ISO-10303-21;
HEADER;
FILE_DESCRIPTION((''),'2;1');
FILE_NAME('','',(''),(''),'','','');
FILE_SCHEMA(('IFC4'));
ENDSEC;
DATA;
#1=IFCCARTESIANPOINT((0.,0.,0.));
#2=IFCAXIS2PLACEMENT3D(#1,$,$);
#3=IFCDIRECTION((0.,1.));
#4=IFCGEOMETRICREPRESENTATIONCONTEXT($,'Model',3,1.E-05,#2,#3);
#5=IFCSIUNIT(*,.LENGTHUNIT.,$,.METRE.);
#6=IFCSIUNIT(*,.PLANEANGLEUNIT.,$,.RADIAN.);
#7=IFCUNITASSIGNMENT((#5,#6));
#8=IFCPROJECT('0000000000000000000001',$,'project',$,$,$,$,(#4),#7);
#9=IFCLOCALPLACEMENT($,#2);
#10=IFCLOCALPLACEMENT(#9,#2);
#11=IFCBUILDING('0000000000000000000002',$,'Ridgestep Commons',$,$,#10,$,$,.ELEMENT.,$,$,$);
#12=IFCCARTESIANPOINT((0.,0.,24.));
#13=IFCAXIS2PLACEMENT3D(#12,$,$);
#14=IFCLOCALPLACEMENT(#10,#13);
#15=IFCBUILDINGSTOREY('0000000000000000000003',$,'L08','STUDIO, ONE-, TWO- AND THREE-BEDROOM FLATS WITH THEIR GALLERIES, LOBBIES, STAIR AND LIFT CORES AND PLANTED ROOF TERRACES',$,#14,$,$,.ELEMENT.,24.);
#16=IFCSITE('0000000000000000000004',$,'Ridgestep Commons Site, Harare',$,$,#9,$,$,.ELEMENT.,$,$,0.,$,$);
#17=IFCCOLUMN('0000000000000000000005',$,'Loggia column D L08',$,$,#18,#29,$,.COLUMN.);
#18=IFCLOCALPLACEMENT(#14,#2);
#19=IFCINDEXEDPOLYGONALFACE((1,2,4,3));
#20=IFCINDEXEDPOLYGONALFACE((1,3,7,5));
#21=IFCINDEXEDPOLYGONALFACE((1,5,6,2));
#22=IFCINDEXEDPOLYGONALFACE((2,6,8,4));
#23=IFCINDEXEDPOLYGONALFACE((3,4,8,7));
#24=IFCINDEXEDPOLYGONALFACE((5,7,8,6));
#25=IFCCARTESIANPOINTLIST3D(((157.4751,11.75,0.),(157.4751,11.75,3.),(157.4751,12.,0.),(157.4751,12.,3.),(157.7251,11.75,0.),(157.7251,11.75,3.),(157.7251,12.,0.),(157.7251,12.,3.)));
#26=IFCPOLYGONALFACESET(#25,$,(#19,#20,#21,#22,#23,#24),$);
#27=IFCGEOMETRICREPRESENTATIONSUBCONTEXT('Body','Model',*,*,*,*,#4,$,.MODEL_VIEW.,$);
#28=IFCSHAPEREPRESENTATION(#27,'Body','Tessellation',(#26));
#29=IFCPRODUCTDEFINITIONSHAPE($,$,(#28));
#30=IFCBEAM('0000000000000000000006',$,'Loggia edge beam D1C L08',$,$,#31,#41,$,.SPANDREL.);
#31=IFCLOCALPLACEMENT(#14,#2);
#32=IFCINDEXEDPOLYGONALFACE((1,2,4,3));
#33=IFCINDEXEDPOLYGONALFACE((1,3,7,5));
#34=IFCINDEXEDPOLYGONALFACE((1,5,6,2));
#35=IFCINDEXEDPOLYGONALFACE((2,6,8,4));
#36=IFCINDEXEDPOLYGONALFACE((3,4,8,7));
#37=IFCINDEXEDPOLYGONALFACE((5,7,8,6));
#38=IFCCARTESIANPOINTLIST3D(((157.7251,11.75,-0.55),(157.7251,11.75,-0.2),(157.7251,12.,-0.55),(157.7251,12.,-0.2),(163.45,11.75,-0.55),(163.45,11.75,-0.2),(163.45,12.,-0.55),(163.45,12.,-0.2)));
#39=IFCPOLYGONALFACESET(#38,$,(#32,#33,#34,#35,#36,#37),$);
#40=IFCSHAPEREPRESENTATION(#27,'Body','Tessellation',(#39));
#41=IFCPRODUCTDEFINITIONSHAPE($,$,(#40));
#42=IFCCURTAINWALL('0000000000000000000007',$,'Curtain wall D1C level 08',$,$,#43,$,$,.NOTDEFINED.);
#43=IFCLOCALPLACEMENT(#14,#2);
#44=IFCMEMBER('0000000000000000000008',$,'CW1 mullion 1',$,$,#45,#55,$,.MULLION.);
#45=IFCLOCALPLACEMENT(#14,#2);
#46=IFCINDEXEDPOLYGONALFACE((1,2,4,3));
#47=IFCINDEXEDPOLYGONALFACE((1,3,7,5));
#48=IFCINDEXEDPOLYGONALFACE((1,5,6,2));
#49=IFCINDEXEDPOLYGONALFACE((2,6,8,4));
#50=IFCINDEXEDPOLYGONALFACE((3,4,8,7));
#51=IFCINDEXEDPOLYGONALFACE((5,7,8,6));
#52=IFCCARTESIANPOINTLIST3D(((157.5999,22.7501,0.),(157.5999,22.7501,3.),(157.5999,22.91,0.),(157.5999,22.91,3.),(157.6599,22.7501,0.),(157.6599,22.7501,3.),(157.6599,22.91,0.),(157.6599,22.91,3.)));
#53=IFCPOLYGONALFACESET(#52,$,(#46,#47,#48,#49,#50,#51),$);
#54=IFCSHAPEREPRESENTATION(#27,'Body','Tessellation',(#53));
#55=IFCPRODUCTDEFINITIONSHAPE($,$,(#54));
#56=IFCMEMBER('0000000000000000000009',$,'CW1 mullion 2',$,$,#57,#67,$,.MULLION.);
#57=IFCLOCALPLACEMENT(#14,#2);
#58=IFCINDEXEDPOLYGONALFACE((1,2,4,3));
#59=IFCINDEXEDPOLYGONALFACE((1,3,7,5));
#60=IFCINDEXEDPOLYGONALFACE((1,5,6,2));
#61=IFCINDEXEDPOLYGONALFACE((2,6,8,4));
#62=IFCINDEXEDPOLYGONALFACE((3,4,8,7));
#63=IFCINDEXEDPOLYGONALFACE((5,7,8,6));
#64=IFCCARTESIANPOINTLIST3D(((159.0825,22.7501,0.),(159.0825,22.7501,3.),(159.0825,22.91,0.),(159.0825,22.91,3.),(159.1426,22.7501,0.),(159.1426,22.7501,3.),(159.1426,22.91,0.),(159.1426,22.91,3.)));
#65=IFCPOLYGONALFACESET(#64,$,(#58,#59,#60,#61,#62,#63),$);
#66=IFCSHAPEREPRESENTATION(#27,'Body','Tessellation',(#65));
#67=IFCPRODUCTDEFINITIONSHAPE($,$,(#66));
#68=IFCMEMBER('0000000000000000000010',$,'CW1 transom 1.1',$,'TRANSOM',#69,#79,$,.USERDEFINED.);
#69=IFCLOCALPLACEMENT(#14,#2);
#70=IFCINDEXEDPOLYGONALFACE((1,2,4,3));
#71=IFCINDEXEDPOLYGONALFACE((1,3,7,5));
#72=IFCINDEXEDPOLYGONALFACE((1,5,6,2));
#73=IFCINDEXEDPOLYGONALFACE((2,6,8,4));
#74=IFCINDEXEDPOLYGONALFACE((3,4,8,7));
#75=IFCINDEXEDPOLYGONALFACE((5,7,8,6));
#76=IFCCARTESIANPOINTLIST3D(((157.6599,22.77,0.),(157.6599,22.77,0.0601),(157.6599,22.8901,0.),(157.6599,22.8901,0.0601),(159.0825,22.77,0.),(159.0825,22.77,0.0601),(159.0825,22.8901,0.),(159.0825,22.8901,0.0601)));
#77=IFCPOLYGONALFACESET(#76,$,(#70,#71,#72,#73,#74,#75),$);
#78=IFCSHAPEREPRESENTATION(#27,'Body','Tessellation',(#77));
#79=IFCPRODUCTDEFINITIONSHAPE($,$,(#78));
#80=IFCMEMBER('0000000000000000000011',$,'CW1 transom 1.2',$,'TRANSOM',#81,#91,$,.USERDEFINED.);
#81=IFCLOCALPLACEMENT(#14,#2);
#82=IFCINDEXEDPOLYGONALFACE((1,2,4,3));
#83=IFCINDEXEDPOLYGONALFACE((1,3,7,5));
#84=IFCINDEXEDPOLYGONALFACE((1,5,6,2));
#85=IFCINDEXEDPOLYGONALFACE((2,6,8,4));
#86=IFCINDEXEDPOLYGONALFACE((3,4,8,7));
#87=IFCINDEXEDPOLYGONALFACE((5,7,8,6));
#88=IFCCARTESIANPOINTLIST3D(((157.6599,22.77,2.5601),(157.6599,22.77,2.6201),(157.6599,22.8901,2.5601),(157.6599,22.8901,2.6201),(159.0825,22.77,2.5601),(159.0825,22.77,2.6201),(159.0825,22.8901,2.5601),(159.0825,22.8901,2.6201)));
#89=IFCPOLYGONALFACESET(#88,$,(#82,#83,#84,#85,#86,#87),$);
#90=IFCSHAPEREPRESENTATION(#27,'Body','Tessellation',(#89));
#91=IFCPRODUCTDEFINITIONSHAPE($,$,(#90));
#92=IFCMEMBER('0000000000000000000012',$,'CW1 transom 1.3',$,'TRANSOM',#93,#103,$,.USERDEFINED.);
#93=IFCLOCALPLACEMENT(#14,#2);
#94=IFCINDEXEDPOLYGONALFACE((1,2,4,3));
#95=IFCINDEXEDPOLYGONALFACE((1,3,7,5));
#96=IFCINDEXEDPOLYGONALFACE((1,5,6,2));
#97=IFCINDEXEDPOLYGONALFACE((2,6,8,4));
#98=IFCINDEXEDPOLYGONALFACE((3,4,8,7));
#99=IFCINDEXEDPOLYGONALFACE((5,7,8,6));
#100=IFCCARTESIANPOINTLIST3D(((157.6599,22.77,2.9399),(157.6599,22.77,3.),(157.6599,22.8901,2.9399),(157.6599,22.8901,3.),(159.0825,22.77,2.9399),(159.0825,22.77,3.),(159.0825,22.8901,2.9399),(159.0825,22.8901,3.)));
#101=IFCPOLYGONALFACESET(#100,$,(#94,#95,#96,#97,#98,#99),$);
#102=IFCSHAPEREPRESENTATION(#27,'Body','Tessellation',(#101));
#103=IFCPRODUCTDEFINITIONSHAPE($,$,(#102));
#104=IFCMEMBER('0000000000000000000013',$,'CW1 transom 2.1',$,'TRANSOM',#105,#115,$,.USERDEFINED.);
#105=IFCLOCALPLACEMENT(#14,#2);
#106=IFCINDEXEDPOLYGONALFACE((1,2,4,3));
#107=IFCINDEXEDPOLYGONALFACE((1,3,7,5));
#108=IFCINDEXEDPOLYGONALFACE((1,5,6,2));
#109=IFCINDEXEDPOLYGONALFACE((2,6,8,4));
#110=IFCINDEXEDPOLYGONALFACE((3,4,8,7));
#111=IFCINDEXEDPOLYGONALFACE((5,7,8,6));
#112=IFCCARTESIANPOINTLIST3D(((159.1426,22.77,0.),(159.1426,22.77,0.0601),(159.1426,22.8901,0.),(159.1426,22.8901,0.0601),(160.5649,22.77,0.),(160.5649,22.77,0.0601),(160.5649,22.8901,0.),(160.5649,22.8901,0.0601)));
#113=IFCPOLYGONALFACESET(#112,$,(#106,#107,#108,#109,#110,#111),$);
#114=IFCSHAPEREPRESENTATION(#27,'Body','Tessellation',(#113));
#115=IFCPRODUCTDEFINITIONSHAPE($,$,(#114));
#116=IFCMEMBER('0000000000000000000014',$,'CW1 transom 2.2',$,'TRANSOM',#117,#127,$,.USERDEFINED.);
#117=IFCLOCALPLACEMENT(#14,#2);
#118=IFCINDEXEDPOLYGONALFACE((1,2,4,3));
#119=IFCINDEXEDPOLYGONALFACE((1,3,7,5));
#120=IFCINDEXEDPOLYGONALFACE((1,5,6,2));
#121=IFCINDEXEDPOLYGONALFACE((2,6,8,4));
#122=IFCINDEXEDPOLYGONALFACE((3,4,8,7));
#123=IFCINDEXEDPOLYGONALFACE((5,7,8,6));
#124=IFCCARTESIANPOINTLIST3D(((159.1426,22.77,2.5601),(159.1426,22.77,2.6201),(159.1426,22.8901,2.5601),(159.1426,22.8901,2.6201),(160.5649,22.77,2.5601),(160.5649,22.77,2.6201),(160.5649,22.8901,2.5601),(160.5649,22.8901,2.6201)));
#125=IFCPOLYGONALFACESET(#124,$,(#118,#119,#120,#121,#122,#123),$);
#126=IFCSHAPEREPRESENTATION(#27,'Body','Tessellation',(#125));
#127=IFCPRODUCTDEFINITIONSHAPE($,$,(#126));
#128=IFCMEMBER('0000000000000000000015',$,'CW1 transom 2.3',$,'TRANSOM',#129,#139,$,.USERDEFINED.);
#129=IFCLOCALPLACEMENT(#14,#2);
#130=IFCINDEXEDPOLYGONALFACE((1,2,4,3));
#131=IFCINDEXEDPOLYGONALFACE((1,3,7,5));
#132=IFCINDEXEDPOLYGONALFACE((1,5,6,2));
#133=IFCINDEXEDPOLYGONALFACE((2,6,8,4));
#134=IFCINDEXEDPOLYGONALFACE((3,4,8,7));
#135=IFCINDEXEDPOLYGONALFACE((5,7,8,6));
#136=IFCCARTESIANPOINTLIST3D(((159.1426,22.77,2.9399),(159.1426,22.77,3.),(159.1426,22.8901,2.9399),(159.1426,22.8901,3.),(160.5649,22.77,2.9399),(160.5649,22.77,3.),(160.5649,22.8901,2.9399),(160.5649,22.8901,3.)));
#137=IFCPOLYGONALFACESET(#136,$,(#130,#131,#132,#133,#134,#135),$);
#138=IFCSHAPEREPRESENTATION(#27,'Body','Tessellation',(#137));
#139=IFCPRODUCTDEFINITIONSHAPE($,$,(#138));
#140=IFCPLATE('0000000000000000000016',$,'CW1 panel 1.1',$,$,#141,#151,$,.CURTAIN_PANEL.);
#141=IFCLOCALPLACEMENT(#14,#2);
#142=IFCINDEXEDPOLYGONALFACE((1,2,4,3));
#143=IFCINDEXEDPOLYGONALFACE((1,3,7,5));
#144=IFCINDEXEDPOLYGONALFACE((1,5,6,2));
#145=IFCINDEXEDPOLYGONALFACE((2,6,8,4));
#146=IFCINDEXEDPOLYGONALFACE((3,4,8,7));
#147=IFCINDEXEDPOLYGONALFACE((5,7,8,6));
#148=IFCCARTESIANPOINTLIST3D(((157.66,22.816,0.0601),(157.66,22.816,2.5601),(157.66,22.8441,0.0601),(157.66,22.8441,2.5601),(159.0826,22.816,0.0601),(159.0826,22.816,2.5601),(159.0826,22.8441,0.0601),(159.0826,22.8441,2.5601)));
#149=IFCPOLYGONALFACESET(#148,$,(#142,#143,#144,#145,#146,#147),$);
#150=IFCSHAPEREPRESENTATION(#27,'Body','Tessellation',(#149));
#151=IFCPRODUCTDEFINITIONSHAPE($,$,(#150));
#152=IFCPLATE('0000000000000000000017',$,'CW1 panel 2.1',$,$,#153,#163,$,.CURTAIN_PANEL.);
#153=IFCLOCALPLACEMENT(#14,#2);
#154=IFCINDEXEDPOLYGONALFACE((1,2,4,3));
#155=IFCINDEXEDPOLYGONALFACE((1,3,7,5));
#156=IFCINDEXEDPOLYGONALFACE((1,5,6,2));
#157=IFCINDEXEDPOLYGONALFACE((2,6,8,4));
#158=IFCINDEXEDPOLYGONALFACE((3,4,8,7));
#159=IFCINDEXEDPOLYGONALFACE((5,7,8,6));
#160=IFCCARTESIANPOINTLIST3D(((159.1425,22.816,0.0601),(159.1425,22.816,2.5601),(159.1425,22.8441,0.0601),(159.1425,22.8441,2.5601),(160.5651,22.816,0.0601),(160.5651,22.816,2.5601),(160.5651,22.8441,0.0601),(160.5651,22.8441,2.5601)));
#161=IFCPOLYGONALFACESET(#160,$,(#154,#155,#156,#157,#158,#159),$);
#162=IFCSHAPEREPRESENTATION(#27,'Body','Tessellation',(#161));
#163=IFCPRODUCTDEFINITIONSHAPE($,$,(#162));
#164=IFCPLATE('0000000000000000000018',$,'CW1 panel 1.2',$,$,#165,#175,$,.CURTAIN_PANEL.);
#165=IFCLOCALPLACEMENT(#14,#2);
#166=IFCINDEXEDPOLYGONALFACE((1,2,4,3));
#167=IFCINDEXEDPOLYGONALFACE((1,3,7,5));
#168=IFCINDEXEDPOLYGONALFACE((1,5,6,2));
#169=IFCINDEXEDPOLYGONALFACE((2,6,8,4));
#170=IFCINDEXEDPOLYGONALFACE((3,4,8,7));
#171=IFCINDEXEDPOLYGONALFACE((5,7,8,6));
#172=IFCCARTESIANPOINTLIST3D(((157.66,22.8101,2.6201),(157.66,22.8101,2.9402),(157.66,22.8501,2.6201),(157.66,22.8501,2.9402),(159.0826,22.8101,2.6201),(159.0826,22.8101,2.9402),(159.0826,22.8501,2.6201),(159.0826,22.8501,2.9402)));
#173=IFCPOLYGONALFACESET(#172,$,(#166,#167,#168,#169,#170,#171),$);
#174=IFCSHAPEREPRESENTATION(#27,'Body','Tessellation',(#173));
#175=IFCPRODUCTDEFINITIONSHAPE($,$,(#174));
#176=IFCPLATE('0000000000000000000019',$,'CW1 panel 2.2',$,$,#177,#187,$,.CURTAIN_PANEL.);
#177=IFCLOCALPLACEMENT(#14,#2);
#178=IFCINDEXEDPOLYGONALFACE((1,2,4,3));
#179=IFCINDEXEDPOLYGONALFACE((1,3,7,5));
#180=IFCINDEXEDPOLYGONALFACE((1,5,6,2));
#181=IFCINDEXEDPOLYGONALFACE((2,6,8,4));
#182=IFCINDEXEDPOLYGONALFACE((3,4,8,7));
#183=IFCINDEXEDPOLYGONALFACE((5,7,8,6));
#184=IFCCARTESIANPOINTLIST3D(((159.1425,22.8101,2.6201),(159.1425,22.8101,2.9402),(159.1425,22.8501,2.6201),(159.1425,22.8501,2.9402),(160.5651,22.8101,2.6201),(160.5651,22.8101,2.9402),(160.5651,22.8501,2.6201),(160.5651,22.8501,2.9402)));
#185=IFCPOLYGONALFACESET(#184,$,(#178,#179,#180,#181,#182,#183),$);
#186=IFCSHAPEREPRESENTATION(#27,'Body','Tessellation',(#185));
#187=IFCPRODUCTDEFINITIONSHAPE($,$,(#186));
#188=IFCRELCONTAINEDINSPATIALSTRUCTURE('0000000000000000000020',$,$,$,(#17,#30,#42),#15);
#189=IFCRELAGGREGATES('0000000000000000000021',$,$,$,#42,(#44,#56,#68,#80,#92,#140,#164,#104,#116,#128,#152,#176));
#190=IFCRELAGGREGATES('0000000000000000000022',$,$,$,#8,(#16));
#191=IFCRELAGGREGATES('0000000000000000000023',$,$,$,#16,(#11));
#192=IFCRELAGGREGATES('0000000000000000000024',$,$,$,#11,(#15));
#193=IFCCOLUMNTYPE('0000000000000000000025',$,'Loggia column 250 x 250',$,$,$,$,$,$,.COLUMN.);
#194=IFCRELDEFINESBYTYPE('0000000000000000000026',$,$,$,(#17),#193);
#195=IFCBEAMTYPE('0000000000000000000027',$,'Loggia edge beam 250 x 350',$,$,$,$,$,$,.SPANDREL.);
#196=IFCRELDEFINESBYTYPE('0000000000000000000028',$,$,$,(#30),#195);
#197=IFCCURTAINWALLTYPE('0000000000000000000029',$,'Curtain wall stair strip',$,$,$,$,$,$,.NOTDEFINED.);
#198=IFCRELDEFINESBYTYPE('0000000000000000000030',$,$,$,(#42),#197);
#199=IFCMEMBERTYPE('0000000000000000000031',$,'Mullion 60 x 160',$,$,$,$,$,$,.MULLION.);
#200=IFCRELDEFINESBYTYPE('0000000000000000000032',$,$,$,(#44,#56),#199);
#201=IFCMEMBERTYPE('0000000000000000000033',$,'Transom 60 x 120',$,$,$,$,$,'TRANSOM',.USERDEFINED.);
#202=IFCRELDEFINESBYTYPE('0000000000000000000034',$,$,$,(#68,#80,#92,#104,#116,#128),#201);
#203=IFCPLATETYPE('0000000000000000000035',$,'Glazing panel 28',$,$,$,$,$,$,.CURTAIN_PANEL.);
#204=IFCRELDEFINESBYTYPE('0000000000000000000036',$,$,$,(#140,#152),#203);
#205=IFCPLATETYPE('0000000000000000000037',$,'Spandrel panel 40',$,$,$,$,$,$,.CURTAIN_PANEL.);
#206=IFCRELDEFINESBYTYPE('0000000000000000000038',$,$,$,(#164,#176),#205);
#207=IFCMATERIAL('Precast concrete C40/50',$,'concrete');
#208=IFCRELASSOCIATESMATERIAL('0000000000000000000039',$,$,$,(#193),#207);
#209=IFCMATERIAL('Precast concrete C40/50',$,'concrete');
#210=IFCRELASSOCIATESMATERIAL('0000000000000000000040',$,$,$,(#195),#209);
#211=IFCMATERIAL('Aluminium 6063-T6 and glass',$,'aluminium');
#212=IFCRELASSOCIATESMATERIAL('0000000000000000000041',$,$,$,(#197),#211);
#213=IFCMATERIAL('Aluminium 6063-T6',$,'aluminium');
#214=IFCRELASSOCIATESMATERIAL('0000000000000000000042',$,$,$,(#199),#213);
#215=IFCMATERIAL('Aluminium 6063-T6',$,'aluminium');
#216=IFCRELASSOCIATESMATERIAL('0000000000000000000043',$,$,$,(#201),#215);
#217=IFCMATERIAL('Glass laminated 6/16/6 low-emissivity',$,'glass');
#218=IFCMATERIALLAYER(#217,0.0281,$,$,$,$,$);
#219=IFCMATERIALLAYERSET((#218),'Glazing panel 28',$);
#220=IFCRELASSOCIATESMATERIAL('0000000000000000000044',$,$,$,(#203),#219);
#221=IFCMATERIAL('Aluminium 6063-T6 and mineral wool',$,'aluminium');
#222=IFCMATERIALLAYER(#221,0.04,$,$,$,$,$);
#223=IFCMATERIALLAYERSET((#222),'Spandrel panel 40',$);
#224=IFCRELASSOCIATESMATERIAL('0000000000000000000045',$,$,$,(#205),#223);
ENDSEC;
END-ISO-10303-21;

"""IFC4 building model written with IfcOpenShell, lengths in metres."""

from ifc_helpers import new_model, si_unit, direction, frame, origin, origin_2d, place, context, subcontext, project, spatial, rectangle, extrude, material, layer, layer_set, material_profile, profile_set, type_object, element, aggregate, save


model = new_model("IFC4")

# Units and contexts
model_context = context("Model", 3, precision=1e-05, world=origin(), true_north=direction((0.0, 1.0)))
body_context = subcontext(model_context, "Body", "Model", "MODEL_VIEW")
ifc_project = project(units=[si_unit("LENGTHUNIT", "METRE"), si_unit("PLANEANGLEUNIT", "RADIAN")], contexts=[model_context])

# Site, building, storey
site_placement = place(None, origin())
site = spatial("IfcSite", under=ifc_project, at=site_placement, Name="Ridgestep Commons Site, Harare", CompositionType="ELEMENT", RefElevation=0.0)
building_placement = place(site_placement, origin())
building = spatial("IfcBuilding", under=site, at=building_placement, Name="Ridgestep Commons", CompositionType="ELEMENT")
storey_placement = place(building_placement, frame((0.0, 0.0, 24.0)))
storey = spatial("IfcBuildingStorey", under=building, at=storey_placement, Name="L08", Description="STUDIO, ONE-, TWO- AND THREE-BEDROOM FLATS WITH THEIR GALLERIES, LOBBIES, STAIR AND LIFT CORES AND PLANTED ROOF TERRACES", CompositionType="ELEMENT", Elevation=24.0)

# Column
ifc_material_1 = material(Name="Precast concrete C40/50", Category="concrete")
ifc_material_profile_1 = material_profile(ifc_material_1, rectangle(XDim=0.25, YDim=0.25, at=origin_2d()), Name="PC 250x250")
ifc_profile_set_1 = profile_set([ifc_material_profile_1], Name="Precast concrete C40/50")
column_type = type_object("IfcColumnType", Name="Loggia column 250 x 250", PredefinedType="COLUMN", material=ifc_profile_set_1)
column_placement = place(storey_placement, frame((157.6001, 11.875, 0.0), z_axis=(0.0, 0.0, 1.0), x_axis=(1.0, 0.0, 0.0)))
element("IfcColumn", 1, at=column_placement, inside=storey, type_object=column_type, Name="Loggia column D L08", PredefinedType="COLUMN", context=body_context, shape_type="SweptSolid", body=[
    extrude(rectangle(XDim=0.25, YDim=0.25, at=origin_2d()), origin(), (0.0, 0.0, 1.0), 3.0),
])

# Beam
ifc_material_2 = material(Name="Precast concrete C40/50", Category="concrete")
ifc_material_profile_2 = material_profile(ifc_material_2, rectangle(XDim=0.25, YDim=0.3501, at=origin_2d()), Name="PC 250x350")
ifc_profile_set_2 = profile_set([ifc_material_profile_2], Name="Precast concrete C40/50")
beam_type = type_object("IfcBeamType", Name="Loggia edge beam 250 x 350", PredefinedType="SPANDREL", material=ifc_profile_set_2)
beam_placement = place(storey_placement, frame((157.7251, 11.875, -0.375), z_axis=(1.0, 0.0, 0.0), x_axis=(0.0, 1.0, 0.0)))
element("IfcBeam", 2, at=beam_placement, inside=storey, type_object=beam_type, Name="Loggia edge beam D1C L08", PredefinedType="SPANDREL", context=body_context, shape_type="SweptSolid", body=[
    extrude(rectangle(XDim=0.25, YDim=0.3501, at=origin_2d()), origin(), (0.0, 0.0, 1.0), 5.7249),
])

# Curtain wall, members, plates
ifc_material_3 = material(Name="Aluminium 6063-T6 and glass", Category="aluminium")
curtain_wall_type = type_object("IfcCurtainWallType", Name="Curtain wall stair strip", PredefinedType="NOTDEFINED", material=ifc_material_3)
curtain_wall_placement = place(storey_placement, origin())
curtain_wall = element("IfcCurtainWall", 3, at=curtain_wall_placement, inside=storey, type_object=curtain_wall_type, Name="Curtain wall D1C level 08", PredefinedType="NOTDEFINED")
ifc_material_4 = material(Name="Aluminium 6063-T6", Category="aluminium")
ifc_material_profile_3 = material_profile(ifc_material_4, rectangle(XDim=0.1599, YDim=0.0601, at=origin_2d()), Name="Mullion 60 x 160")
ifc_profile_set_3 = profile_set([ifc_material_profile_3], Name="Aluminium 6063-T6")
member_type_1 = type_object("IfcMemberType", Name="Mullion 60 x 160", PredefinedType="MULLION", material=ifc_profile_set_3)
member_1_placement = place(storey_placement, frame((157.6299, 22.8301, 0.0), z_axis=(0.0, 0.0, 1.0), x_axis=(0.0, 1.0, 0.0)))
member_1 = element("IfcMember", 4, at=member_1_placement, type_object=member_type_1, Name="CW1 mullion 1", PredefinedType="MULLION", context=body_context, shape_type="SweptSolid", body=[
    extrude(rectangle(XDim=0.1599, YDim=0.0601, at=origin_2d()), origin(), (0.0, 0.0, 1.0), 3.0),
])
member_2_placement = place(storey_placement, frame((159.1125, 22.8301, 0.0), z_axis=(0.0, 0.0, 1.0), x_axis=(0.0, 1.0, 0.0)))
member_2 = element("IfcMember", 5, at=member_2_placement, type_object=member_type_1, Name="CW1 mullion 2", PredefinedType="MULLION", context=body_context, shape_type="SweptSolid", body=[
    extrude(rectangle(XDim=0.1599, YDim=0.0601, at=origin_2d()), origin(), (0.0, 0.0, 1.0), 3.0),
])
ifc_material_5 = material(Name="Aluminium 6063-T6", Category="aluminium")
ifc_material_profile_4 = material_profile(ifc_material_5, rectangle(XDim=0.1201, YDim=0.0601, at=origin_2d()), Name="Transom 60 x 120")
ifc_profile_set_4 = profile_set([ifc_material_profile_4], Name="Aluminium 6063-T6")
member_type_2 = type_object("IfcMemberType", Name="Transom 60 x 120", ElementType="TRANSOM", PredefinedType="USERDEFINED", material=ifc_profile_set_4)
member_3_placement = place(storey_placement, frame((157.6599, 22.8301, 0.03), z_axis=(1.0, 0.0, 0.0), x_axis=(0.0, 1.0, 0.0)))
member_3 = element("IfcMember", 6, at=member_3_placement, type_object=member_type_2, Name="CW1 transom 1.1", ObjectType="TRANSOM", PredefinedType="USERDEFINED", context=body_context, shape_type="SweptSolid", body=[
    extrude(rectangle(XDim=0.1201, YDim=0.0601, at=origin_2d()), origin(), (0.0, 0.0, 1.0), 1.4226),
])
member_4_placement = place(storey_placement, frame((157.6599, 22.8301, 2.5901), z_axis=(1.0, 0.0, 0.0), x_axis=(0.0, 1.0, 0.0)))
member_4 = element("IfcMember", 7, at=member_4_placement, type_object=member_type_2, Name="CW1 transom 1.2", ObjectType="TRANSOM", PredefinedType="USERDEFINED", context=body_context, shape_type="SweptSolid", body=[
    extrude(rectangle(XDim=0.1201, YDim=0.0601, at=origin_2d()), origin(), (0.0, 0.0, 1.0), 1.4226),
])
member_5_placement = place(storey_placement, frame((157.6599, 22.8301, 2.97), z_axis=(1.0, 0.0, 0.0), x_axis=(0.0, 1.0, 0.0)))
member_5 = element("IfcMember", 8, at=member_5_placement, type_object=member_type_2, Name="CW1 transom 1.3", ObjectType="TRANSOM", PredefinedType="USERDEFINED", context=body_context, shape_type="SweptSolid", body=[
    extrude(rectangle(XDim=0.1201, YDim=0.0601, at=origin_2d()), origin(), (0.0, 0.0, 1.0), 1.4226),
])
member_6_placement = place(storey_placement, frame((159.1426, 22.8301, 0.03), z_axis=(1.0, 0.0, 0.0), x_axis=(0.0, 1.0, 0.0)))
member_6 = element("IfcMember", 9, at=member_6_placement, type_object=member_type_2, Name="CW1 transom 2.1", ObjectType="TRANSOM", PredefinedType="USERDEFINED", context=body_context, shape_type="SweptSolid", body=[
    extrude(rectangle(XDim=0.1201, YDim=0.0601, at=origin_2d()), origin(), (0.0, 0.0, 1.0), 1.4224),
])
member_7_placement = place(storey_placement, frame((159.1426, 22.8301, 2.5901), z_axis=(1.0, 0.0, 0.0), x_axis=(0.0, 1.0, 0.0)))
member_7 = element("IfcMember", 10, at=member_7_placement, type_object=member_type_2, Name="CW1 transom 2.2", ObjectType="TRANSOM", PredefinedType="USERDEFINED", context=body_context, shape_type="SweptSolid", body=[
    extrude(rectangle(XDim=0.1201, YDim=0.0601, at=origin_2d()), origin(), (0.0, 0.0, 1.0), 1.4224),
])
member_8_placement = place(storey_placement, frame((159.1426, 22.8301, 2.97), z_axis=(1.0, 0.0, 0.0), x_axis=(0.0, 1.0, 0.0)))
member_8 = element("IfcMember", 11, at=member_8_placement, type_object=member_type_2, Name="CW1 transom 2.3", ObjectType="TRANSOM", PredefinedType="USERDEFINED", context=body_context, shape_type="SweptSolid", body=[
    extrude(rectangle(XDim=0.1201, YDim=0.0601, at=origin_2d()), origin(), (0.0, 0.0, 1.0), 1.4224),
])
ifc_material_6 = material(Name="Glass laminated 6/16/6 low-emissivity", Category="glass")
ifc_layer_1 = layer(ifc_material_6, 0.0281)
ifc_layer_set_1 = layer_set([ifc_layer_1], Name="Glazing panel 28")
plate_type_1 = type_object("IfcPlateType", Name="Glazing panel 28", PredefinedType="CURTAIN_PANEL", material=ifc_layer_set_1)
plate_1_placement = place(storey_placement, frame((158.3713, 22.8301, 0.0601), z_axis=(0.0, 0.0, 1.0), x_axis=(1.0, 0.0, 0.0)))
plate_1 = element("IfcPlate", 12, at=plate_1_placement, type_object=plate_type_1, Name="CW1 panel 1.1", PredefinedType="CURTAIN_PANEL", context=body_context, shape_type="SweptSolid", body=[
    extrude(rectangle(XDim=1.4226, YDim=0.0281, at=origin_2d()), origin(), (0.0, 0.0, 1.0), 2.5),
])
plate_2_placement = place(storey_placement, frame((159.8538, 22.8301, 0.0601), z_axis=(0.0, 0.0, 1.0), x_axis=(1.0, 0.0, 0.0)))
plate_2 = element("IfcPlate", 13, at=plate_2_placement, type_object=plate_type_1, Name="CW1 panel 2.1", PredefinedType="CURTAIN_PANEL", context=body_context, shape_type="SweptSolid", body=[
    extrude(rectangle(XDim=1.4226, YDim=0.0281, at=origin_2d()), origin(), (0.0, 0.0, 1.0), 2.5),
])
ifc_material_7 = material(Name="Aluminium 6063-T6 and mineral wool", Category="aluminium")
ifc_layer_2 = layer(ifc_material_7, 0.04)
ifc_layer_set_2 = layer_set([ifc_layer_2], Name="Spandrel panel 40")
plate_type_2 = type_object("IfcPlateType", Name="Spandrel panel 40", PredefinedType="CURTAIN_PANEL", material=ifc_layer_set_2)
plate_3_placement = place(storey_placement, frame((158.3713, 22.8301, 2.6201), z_axis=(0.0, 0.0, 1.0), x_axis=(1.0, 0.0, 0.0)))
plate_3 = element("IfcPlate", 14, at=plate_3_placement, type_object=plate_type_2, Name="CW1 panel 1.2", PredefinedType="CURTAIN_PANEL", context=body_context, shape_type="SweptSolid", body=[
    extrude(rectangle(XDim=1.4226, YDim=0.04, at=origin_2d()), origin(), (0.0, 0.0, 1.0), 0.3201),
])
plate_4_placement = place(storey_placement, frame((159.8538, 22.8301, 2.6201), z_axis=(0.0, 0.0, 1.0), x_axis=(1.0, 0.0, 0.0)))
plate_4 = element("IfcPlate", 15, at=plate_4_placement, type_object=plate_type_2, Name="CW1 panel 2.2", PredefinedType="CURTAIN_PANEL", context=body_context, shape_type="SweptSolid", body=[
    extrude(rectangle(XDim=1.4226, YDim=0.04, at=origin_2d()), origin(), (0.0, 0.0, 1.0), 0.3201),
])
aggregate(curtain_wall, [member_1, member_2, member_3, member_4, member_5, plate_1, plate_3, member_6, member_7, member_8, plate_2, plate_4])

save(model, "model.ifc")
